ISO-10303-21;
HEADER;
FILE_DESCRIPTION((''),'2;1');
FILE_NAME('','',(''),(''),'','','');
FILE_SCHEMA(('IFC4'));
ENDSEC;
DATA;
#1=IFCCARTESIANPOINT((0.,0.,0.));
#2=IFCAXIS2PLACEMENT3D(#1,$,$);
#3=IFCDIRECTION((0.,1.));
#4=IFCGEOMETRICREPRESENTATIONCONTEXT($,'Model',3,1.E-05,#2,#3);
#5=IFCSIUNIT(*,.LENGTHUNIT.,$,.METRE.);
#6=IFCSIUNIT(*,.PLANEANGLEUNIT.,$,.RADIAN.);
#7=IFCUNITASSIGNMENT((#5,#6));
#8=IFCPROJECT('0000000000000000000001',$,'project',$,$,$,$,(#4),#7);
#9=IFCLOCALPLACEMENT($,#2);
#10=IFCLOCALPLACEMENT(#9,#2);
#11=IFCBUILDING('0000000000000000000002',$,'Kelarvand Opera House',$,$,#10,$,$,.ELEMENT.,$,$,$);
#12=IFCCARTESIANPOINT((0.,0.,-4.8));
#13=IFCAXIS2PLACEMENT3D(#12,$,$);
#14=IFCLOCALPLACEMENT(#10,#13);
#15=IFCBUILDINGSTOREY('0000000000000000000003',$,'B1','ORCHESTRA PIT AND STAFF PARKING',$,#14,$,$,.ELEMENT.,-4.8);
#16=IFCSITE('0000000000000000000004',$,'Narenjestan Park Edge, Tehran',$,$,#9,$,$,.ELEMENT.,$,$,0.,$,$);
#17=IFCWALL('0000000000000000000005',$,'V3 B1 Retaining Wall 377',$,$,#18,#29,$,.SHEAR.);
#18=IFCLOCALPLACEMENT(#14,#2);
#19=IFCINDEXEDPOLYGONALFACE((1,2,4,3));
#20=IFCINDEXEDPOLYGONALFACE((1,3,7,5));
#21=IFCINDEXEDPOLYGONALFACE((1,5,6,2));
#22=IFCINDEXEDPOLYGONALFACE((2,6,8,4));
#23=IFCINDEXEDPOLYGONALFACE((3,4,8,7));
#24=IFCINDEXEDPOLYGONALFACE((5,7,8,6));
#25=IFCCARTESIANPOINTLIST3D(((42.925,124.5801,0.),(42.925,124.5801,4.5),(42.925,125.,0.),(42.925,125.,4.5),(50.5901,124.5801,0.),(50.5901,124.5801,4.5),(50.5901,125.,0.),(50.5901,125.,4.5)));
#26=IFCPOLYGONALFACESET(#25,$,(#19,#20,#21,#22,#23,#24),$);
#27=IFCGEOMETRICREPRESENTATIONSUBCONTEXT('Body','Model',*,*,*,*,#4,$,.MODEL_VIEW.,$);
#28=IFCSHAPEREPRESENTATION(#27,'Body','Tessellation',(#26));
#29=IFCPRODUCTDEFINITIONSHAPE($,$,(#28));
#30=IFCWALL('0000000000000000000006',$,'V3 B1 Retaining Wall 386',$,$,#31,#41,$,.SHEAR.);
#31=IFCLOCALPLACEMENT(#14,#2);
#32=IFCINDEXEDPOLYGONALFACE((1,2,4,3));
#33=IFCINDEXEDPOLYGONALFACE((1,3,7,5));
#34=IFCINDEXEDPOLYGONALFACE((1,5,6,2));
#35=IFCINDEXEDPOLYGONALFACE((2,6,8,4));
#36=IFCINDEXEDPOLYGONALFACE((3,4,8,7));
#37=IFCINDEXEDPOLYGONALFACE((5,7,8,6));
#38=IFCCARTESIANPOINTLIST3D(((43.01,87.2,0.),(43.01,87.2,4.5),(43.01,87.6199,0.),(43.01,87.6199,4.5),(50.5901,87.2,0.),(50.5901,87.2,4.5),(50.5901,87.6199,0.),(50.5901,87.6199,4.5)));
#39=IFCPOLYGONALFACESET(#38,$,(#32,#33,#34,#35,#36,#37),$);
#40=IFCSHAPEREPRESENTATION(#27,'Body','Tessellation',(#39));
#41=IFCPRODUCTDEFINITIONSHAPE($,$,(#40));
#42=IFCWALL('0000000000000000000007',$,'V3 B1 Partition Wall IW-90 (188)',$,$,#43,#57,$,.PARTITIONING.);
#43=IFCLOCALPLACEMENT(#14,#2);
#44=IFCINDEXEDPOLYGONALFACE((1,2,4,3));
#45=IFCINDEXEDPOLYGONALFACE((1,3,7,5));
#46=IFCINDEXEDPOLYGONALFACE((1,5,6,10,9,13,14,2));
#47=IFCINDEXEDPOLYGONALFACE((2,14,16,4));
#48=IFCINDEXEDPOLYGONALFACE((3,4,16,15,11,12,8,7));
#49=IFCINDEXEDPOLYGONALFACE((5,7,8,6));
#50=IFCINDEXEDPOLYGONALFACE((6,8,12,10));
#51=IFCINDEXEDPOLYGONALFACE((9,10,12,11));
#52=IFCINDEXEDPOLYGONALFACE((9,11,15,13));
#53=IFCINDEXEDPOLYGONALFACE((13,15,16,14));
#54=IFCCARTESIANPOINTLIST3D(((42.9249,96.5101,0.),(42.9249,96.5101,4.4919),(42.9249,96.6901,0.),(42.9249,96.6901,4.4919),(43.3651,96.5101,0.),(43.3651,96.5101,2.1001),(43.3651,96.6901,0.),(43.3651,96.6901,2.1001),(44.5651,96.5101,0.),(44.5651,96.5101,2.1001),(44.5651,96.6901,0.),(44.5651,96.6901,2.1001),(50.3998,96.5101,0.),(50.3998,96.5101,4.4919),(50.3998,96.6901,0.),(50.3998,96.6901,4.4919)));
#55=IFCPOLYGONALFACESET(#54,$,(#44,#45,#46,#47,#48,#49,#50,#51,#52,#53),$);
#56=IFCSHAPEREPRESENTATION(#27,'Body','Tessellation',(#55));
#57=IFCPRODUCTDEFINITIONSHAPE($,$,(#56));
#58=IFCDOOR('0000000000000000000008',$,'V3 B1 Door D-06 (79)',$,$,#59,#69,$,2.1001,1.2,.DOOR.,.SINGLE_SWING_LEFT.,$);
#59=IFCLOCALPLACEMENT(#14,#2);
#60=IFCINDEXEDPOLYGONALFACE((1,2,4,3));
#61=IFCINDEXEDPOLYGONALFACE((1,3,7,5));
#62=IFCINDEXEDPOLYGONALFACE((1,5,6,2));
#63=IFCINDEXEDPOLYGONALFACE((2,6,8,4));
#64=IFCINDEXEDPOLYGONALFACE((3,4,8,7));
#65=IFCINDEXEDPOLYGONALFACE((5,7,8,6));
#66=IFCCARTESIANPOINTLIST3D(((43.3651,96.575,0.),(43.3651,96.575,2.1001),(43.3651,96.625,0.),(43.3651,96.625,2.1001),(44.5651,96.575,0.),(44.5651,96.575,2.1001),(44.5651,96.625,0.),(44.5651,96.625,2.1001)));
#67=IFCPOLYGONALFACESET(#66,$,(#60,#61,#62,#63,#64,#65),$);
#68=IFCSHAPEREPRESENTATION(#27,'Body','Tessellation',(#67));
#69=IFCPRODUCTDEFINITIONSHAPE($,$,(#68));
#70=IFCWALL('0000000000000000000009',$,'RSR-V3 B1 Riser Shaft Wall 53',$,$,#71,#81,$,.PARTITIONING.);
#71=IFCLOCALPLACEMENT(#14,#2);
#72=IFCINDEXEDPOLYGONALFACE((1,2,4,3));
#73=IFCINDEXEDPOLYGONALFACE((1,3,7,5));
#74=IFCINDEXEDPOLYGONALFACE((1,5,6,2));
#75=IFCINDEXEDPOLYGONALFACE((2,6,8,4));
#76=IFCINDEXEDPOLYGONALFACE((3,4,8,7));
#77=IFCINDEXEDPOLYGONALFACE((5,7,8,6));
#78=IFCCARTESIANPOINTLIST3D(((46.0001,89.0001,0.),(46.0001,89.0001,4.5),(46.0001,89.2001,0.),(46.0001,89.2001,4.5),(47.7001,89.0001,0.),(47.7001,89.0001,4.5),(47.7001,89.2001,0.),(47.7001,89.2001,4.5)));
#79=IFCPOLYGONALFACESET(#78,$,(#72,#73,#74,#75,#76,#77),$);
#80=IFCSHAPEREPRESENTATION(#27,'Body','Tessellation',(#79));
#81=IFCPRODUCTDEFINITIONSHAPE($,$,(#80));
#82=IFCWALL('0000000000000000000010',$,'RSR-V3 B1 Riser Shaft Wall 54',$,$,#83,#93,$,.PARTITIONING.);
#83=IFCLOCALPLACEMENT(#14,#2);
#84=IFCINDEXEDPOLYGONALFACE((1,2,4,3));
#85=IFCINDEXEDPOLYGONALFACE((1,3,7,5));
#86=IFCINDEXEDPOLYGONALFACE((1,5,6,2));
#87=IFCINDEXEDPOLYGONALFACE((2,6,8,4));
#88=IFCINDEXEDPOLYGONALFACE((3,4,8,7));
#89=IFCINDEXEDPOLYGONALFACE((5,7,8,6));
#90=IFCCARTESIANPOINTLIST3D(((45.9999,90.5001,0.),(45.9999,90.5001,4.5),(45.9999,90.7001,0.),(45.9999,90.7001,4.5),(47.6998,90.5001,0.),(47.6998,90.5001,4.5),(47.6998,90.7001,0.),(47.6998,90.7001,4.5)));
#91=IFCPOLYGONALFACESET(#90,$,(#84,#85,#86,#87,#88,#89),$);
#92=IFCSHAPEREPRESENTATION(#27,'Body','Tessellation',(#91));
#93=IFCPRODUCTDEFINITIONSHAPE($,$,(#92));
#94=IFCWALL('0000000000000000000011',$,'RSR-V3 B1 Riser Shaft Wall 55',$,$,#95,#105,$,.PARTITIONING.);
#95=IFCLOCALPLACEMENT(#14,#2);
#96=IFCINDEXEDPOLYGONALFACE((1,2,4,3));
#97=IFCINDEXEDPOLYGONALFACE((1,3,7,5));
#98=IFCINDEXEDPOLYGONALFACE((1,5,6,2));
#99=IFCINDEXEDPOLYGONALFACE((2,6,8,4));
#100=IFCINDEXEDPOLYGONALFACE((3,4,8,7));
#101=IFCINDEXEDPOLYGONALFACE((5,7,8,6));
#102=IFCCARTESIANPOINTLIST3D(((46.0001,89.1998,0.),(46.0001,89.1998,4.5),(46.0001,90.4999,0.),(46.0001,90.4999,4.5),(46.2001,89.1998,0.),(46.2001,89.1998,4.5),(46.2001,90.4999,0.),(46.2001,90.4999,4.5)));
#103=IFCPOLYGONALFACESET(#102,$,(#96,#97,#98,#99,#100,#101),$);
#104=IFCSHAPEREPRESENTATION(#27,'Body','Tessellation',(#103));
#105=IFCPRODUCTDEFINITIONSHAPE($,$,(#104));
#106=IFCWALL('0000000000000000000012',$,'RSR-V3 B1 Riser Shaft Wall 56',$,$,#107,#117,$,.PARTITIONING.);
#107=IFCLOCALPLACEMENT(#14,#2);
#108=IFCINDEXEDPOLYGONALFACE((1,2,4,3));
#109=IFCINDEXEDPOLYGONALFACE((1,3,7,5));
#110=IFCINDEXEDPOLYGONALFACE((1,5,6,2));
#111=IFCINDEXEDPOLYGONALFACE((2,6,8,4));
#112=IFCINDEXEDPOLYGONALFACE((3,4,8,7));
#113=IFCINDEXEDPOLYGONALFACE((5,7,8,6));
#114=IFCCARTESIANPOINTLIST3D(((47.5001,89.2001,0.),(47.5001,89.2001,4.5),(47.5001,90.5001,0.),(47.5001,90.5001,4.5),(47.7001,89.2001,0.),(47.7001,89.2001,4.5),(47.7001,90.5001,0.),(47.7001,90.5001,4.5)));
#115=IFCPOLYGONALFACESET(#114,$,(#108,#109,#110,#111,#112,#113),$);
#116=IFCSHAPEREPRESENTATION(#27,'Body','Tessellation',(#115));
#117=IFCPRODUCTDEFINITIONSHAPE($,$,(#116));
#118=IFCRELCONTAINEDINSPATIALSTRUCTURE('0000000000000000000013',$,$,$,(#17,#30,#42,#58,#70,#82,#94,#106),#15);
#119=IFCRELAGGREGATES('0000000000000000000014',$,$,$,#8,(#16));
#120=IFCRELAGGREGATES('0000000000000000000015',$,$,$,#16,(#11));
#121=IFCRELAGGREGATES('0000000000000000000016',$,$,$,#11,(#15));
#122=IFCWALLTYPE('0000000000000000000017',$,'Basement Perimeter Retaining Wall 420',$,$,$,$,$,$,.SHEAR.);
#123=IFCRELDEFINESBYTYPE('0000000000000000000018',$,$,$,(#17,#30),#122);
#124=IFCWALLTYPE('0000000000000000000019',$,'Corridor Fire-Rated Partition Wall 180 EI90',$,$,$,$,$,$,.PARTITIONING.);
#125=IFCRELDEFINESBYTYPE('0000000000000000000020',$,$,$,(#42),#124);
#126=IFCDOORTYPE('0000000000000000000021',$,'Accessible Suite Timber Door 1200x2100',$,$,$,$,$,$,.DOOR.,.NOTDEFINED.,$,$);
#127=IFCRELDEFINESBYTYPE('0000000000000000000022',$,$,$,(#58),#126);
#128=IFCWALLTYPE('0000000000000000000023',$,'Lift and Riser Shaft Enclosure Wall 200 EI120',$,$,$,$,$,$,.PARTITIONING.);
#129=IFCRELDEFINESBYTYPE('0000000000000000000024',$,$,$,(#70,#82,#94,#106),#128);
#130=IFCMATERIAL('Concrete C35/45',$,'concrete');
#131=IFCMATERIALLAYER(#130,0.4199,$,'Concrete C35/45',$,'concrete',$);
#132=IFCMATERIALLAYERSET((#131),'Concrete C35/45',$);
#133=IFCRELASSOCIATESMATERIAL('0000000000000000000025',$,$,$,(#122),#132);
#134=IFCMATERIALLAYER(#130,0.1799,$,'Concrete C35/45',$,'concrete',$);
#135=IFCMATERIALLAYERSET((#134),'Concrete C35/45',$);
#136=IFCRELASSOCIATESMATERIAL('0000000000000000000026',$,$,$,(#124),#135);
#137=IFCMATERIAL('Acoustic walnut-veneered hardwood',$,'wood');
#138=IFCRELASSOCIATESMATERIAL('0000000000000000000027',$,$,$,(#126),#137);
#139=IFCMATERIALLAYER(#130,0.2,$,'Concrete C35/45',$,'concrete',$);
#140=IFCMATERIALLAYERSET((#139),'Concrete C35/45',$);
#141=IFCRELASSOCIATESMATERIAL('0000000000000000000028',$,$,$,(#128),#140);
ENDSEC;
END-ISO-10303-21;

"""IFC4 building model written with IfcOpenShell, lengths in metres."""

from ifc_helpers import new_model, si_unit, direction, frame, frame_2d, origin, place, context, subcontext, project, spatial, rectangle, extrude, material, layer, layer_set, type_object, element, fill, save


model = new_model("IFC4")

# Units and contexts
model_context = context("Model", 3, precision=1e-05, world=origin(), true_north=direction((0.0, 1.0)))
body_context = subcontext(model_context, "Body", "Model", "MODEL_VIEW")
ifc_project = project(units=[si_unit("LENGTHUNIT", "METRE"), si_unit("PLANEANGLEUNIT", "RADIAN")], contexts=[model_context])

# Site, building, storey
site_placement = place(None, origin())
site = spatial("IfcSite", under=ifc_project, at=site_placement, Name="Narenjestan Park Edge, Tehran", CompositionType="ELEMENT", RefElevation=0.0)
building_placement = place(site_placement, origin())
building = spatial("IfcBuilding", under=site, at=building_placement, Name="Kelarvand Opera House", CompositionType="ELEMENT")
storey_placement = place(building_placement, frame((0.0, 0.0, -4.8)))
storey = spatial("IfcBuildingStorey", under=building, at=storey_placement, Name="B1", Description="ORCHESTRA PIT AND STAFF PARKING", CompositionType="ELEMENT", Elevation=-4.8)

# Shared definitions
ifc_material_1 = material(Name="Concrete C35/45", Category="concrete")

# Walls
ifc_layer_1 = layer(ifc_material_1, 0.4199, Name="Concrete C35/45", Category="concrete")
ifc_layer_set_1 = layer_set([ifc_layer_1], Name="Concrete C35/45")
wall_type_1 = type_object("IfcWallType", Name="Basement Perimeter Retaining Wall 420", PredefinedType="SHEAR", material=ifc_layer_set_1)
wall_1_placement = place(storey_placement, frame((42.925, 124.79, 0.0), z_axis=(0.0, 0.0, 1.0), x_axis=(1.0, 0.0, 0.0)))
element("IfcWall", 1, at=wall_1_placement, inside=storey, type_object=wall_type_1, Name="V3 B1 Retaining Wall 377", PredefinedType="SHEAR", context=body_context, shape_type="SweptSolid", body=[
    extrude(rectangle(XDim=7.665, YDim=0.4199, at=frame_2d((3.8325, 0.0))), origin(), (0.0, 0.0, 1.0), 4.5),
])
wall_2_placement = place(storey_placement, frame((50.5901, 87.4099, 0.0), z_axis=(0.0, 0.0, 1.0), x_axis=(-1.0, 0.0, 0.0)))
element("IfcWall", 2, at=wall_2_placement, inside=storey, type_object=wall_type_1, Name="V3 B1 Retaining Wall 386", PredefinedType="SHEAR", context=body_context, shape_type="SweptSolid", body=[
    extrude(rectangle(XDim=7.5801, YDim=0.4199, at=frame_2d((3.79, 0.0))), origin(), (0.0, 0.0, 1.0), 4.5),
])

# Wall, opening, door
ifc_layer_2 = layer(ifc_material_1, 0.1799, Name="Concrete C35/45", Category="concrete")
ifc_layer_set_2 = layer_set([ifc_layer_2], Name="Concrete C35/45")
wall_type_2 = type_object("IfcWallType", Name="Corridor Fire-Rated Partition Wall 180 EI90", PredefinedType="PARTITIONING", material=ifc_layer_set_2)
wall_3_placement = place(storey_placement, frame((42.925, 96.6001, 0.0), z_axis=(0.0, 0.0, 1.0), x_axis=(1.0, 0.0, 0.0)))
wall_3 = element("IfcWall", 3, at=wall_3_placement, inside=storey, type_object=wall_type_2, Name="V3 B1 Partition Wall IW-90 (188)", PredefinedType="PARTITIONING", context=body_context, shape_type="SweptSolid", body=[
    extrude(rectangle(XDim=7.4749, YDim=0.1799, at=frame_2d((3.7373, 0.0))), origin(), (0.0, 0.0, 1.0), 4.4919),
])
opening_placement = place(wall_3_placement, frame((0.4399, 0.0, 0.0)))
opening = element("IfcOpeningElement", 4, at=opening_placement, cuts=wall_3, PredefinedType="OPENING", context=body_context, shape_type="SweptSolid", body=[
    extrude(rectangle(XDim=1.2, YDim=2.1001, at=frame_2d((0.6001, 1.05))), frame((0.0, 0.1001, 0.0), z_axis=(0.0, -1.0, 0.0), x_axis=(1.0, 0.0, 0.0)), (0.0, 0.0, 1.0), 0.2),
])
ifc_material_2 = material(Name="Acoustic walnut-veneered hardwood", Category="wood")
door_type = type_object("IfcDoorType", Name="Accessible Suite Timber Door 1200x2100", OperationType="NOTDEFINED", PredefinedType="DOOR", material=ifc_material_2)
door_placement = place(opening_placement, origin())
door = element("IfcDoor", 5, at=door_placement, inside=storey, type_object=door_type, Name="V3 B1 Door D-06 (79)", OperationType="SINGLE_SWING_LEFT", OverallHeight=2.1001, OverallWidth=1.2, PredefinedType="DOOR", context=body_context, shape_type="SweptSolid", body=[
    extrude(rectangle(XDim=1.2, YDim=2.1001, at=frame_2d((0.6001, 1.05))), frame((0.0, 0.0249, 0.0), z_axis=(0.0, -1.0, 0.0), x_axis=(1.0, 0.0, 0.0)), (0.0, 0.0, 1.0), 0.05),
])
fill(opening, door)

# Walls
ifc_layer_3 = layer(ifc_material_1, 0.2, Name="Concrete C35/45", Category="concrete")
ifc_layer_set_3 = layer_set([ifc_layer_3], Name="Concrete C35/45")
wall_type_3 = type_object("IfcWallType", Name="Lift and Riser Shaft Enclosure Wall 200 EI120", PredefinedType="PARTITIONING", material=ifc_layer_set_3)
for number, where, z_axis, x_axis, name in (
    (6, (46.0, 89.1001, 0.0), (0.0, 0.0, 1.0), (1.0, 0.0, 0.0), "RSR-V3 B1 Riser Shaft Wall 53"),
    (7, (47.7, 90.6001, 0.0), (0.0, 0.0, 1.0), (-1.0, 0.0, 0.0), "RSR-V3 B1 Riser Shaft Wall 54"),
):
    element("IfcWall", number, at=place(storey_placement, frame(where, z_axis=z_axis, x_axis=x_axis)), inside=storey, type_object=wall_type_3, Name=name, PredefinedType="PARTITIONING", context=body_context, shape_type="SweptSolid", body=[
        extrude(rectangle(XDim=1.7, YDim=0.2, at=frame_2d((0.8501, 0.0))), origin(), (0.0, 0.0, 1.0), 4.5),
    ])
for number, where, z_axis, x_axis, name in (
    (8, (46.1001, 89.2, 0.0), (0.0, 0.0, 1.0), (0.0, 1.0, 0.0), "RSR-V3 B1 Riser Shaft Wall 55"),
    (9, (47.6001, 90.5, 0.0), (0.0, 0.0, 1.0), (0.0, -1.0, 0.0), "RSR-V3 B1 Riser Shaft Wall 56"),
):
    element("IfcWall", number, at=place(storey_placement, frame(where, z_axis=z_axis, x_axis=x_axis)), inside=storey, type_object=wall_type_3, Name=name, PredefinedType="PARTITIONING", context=body_context, shape_type="SweptSolid", body=[
        extrude(rectangle(XDim=1.3, YDim=0.2, at=frame_2d((0.6499, 0.0))), origin(), (0.0, 0.0, 1.0), 4.5),
    ])

save(model, "model.ifc")
